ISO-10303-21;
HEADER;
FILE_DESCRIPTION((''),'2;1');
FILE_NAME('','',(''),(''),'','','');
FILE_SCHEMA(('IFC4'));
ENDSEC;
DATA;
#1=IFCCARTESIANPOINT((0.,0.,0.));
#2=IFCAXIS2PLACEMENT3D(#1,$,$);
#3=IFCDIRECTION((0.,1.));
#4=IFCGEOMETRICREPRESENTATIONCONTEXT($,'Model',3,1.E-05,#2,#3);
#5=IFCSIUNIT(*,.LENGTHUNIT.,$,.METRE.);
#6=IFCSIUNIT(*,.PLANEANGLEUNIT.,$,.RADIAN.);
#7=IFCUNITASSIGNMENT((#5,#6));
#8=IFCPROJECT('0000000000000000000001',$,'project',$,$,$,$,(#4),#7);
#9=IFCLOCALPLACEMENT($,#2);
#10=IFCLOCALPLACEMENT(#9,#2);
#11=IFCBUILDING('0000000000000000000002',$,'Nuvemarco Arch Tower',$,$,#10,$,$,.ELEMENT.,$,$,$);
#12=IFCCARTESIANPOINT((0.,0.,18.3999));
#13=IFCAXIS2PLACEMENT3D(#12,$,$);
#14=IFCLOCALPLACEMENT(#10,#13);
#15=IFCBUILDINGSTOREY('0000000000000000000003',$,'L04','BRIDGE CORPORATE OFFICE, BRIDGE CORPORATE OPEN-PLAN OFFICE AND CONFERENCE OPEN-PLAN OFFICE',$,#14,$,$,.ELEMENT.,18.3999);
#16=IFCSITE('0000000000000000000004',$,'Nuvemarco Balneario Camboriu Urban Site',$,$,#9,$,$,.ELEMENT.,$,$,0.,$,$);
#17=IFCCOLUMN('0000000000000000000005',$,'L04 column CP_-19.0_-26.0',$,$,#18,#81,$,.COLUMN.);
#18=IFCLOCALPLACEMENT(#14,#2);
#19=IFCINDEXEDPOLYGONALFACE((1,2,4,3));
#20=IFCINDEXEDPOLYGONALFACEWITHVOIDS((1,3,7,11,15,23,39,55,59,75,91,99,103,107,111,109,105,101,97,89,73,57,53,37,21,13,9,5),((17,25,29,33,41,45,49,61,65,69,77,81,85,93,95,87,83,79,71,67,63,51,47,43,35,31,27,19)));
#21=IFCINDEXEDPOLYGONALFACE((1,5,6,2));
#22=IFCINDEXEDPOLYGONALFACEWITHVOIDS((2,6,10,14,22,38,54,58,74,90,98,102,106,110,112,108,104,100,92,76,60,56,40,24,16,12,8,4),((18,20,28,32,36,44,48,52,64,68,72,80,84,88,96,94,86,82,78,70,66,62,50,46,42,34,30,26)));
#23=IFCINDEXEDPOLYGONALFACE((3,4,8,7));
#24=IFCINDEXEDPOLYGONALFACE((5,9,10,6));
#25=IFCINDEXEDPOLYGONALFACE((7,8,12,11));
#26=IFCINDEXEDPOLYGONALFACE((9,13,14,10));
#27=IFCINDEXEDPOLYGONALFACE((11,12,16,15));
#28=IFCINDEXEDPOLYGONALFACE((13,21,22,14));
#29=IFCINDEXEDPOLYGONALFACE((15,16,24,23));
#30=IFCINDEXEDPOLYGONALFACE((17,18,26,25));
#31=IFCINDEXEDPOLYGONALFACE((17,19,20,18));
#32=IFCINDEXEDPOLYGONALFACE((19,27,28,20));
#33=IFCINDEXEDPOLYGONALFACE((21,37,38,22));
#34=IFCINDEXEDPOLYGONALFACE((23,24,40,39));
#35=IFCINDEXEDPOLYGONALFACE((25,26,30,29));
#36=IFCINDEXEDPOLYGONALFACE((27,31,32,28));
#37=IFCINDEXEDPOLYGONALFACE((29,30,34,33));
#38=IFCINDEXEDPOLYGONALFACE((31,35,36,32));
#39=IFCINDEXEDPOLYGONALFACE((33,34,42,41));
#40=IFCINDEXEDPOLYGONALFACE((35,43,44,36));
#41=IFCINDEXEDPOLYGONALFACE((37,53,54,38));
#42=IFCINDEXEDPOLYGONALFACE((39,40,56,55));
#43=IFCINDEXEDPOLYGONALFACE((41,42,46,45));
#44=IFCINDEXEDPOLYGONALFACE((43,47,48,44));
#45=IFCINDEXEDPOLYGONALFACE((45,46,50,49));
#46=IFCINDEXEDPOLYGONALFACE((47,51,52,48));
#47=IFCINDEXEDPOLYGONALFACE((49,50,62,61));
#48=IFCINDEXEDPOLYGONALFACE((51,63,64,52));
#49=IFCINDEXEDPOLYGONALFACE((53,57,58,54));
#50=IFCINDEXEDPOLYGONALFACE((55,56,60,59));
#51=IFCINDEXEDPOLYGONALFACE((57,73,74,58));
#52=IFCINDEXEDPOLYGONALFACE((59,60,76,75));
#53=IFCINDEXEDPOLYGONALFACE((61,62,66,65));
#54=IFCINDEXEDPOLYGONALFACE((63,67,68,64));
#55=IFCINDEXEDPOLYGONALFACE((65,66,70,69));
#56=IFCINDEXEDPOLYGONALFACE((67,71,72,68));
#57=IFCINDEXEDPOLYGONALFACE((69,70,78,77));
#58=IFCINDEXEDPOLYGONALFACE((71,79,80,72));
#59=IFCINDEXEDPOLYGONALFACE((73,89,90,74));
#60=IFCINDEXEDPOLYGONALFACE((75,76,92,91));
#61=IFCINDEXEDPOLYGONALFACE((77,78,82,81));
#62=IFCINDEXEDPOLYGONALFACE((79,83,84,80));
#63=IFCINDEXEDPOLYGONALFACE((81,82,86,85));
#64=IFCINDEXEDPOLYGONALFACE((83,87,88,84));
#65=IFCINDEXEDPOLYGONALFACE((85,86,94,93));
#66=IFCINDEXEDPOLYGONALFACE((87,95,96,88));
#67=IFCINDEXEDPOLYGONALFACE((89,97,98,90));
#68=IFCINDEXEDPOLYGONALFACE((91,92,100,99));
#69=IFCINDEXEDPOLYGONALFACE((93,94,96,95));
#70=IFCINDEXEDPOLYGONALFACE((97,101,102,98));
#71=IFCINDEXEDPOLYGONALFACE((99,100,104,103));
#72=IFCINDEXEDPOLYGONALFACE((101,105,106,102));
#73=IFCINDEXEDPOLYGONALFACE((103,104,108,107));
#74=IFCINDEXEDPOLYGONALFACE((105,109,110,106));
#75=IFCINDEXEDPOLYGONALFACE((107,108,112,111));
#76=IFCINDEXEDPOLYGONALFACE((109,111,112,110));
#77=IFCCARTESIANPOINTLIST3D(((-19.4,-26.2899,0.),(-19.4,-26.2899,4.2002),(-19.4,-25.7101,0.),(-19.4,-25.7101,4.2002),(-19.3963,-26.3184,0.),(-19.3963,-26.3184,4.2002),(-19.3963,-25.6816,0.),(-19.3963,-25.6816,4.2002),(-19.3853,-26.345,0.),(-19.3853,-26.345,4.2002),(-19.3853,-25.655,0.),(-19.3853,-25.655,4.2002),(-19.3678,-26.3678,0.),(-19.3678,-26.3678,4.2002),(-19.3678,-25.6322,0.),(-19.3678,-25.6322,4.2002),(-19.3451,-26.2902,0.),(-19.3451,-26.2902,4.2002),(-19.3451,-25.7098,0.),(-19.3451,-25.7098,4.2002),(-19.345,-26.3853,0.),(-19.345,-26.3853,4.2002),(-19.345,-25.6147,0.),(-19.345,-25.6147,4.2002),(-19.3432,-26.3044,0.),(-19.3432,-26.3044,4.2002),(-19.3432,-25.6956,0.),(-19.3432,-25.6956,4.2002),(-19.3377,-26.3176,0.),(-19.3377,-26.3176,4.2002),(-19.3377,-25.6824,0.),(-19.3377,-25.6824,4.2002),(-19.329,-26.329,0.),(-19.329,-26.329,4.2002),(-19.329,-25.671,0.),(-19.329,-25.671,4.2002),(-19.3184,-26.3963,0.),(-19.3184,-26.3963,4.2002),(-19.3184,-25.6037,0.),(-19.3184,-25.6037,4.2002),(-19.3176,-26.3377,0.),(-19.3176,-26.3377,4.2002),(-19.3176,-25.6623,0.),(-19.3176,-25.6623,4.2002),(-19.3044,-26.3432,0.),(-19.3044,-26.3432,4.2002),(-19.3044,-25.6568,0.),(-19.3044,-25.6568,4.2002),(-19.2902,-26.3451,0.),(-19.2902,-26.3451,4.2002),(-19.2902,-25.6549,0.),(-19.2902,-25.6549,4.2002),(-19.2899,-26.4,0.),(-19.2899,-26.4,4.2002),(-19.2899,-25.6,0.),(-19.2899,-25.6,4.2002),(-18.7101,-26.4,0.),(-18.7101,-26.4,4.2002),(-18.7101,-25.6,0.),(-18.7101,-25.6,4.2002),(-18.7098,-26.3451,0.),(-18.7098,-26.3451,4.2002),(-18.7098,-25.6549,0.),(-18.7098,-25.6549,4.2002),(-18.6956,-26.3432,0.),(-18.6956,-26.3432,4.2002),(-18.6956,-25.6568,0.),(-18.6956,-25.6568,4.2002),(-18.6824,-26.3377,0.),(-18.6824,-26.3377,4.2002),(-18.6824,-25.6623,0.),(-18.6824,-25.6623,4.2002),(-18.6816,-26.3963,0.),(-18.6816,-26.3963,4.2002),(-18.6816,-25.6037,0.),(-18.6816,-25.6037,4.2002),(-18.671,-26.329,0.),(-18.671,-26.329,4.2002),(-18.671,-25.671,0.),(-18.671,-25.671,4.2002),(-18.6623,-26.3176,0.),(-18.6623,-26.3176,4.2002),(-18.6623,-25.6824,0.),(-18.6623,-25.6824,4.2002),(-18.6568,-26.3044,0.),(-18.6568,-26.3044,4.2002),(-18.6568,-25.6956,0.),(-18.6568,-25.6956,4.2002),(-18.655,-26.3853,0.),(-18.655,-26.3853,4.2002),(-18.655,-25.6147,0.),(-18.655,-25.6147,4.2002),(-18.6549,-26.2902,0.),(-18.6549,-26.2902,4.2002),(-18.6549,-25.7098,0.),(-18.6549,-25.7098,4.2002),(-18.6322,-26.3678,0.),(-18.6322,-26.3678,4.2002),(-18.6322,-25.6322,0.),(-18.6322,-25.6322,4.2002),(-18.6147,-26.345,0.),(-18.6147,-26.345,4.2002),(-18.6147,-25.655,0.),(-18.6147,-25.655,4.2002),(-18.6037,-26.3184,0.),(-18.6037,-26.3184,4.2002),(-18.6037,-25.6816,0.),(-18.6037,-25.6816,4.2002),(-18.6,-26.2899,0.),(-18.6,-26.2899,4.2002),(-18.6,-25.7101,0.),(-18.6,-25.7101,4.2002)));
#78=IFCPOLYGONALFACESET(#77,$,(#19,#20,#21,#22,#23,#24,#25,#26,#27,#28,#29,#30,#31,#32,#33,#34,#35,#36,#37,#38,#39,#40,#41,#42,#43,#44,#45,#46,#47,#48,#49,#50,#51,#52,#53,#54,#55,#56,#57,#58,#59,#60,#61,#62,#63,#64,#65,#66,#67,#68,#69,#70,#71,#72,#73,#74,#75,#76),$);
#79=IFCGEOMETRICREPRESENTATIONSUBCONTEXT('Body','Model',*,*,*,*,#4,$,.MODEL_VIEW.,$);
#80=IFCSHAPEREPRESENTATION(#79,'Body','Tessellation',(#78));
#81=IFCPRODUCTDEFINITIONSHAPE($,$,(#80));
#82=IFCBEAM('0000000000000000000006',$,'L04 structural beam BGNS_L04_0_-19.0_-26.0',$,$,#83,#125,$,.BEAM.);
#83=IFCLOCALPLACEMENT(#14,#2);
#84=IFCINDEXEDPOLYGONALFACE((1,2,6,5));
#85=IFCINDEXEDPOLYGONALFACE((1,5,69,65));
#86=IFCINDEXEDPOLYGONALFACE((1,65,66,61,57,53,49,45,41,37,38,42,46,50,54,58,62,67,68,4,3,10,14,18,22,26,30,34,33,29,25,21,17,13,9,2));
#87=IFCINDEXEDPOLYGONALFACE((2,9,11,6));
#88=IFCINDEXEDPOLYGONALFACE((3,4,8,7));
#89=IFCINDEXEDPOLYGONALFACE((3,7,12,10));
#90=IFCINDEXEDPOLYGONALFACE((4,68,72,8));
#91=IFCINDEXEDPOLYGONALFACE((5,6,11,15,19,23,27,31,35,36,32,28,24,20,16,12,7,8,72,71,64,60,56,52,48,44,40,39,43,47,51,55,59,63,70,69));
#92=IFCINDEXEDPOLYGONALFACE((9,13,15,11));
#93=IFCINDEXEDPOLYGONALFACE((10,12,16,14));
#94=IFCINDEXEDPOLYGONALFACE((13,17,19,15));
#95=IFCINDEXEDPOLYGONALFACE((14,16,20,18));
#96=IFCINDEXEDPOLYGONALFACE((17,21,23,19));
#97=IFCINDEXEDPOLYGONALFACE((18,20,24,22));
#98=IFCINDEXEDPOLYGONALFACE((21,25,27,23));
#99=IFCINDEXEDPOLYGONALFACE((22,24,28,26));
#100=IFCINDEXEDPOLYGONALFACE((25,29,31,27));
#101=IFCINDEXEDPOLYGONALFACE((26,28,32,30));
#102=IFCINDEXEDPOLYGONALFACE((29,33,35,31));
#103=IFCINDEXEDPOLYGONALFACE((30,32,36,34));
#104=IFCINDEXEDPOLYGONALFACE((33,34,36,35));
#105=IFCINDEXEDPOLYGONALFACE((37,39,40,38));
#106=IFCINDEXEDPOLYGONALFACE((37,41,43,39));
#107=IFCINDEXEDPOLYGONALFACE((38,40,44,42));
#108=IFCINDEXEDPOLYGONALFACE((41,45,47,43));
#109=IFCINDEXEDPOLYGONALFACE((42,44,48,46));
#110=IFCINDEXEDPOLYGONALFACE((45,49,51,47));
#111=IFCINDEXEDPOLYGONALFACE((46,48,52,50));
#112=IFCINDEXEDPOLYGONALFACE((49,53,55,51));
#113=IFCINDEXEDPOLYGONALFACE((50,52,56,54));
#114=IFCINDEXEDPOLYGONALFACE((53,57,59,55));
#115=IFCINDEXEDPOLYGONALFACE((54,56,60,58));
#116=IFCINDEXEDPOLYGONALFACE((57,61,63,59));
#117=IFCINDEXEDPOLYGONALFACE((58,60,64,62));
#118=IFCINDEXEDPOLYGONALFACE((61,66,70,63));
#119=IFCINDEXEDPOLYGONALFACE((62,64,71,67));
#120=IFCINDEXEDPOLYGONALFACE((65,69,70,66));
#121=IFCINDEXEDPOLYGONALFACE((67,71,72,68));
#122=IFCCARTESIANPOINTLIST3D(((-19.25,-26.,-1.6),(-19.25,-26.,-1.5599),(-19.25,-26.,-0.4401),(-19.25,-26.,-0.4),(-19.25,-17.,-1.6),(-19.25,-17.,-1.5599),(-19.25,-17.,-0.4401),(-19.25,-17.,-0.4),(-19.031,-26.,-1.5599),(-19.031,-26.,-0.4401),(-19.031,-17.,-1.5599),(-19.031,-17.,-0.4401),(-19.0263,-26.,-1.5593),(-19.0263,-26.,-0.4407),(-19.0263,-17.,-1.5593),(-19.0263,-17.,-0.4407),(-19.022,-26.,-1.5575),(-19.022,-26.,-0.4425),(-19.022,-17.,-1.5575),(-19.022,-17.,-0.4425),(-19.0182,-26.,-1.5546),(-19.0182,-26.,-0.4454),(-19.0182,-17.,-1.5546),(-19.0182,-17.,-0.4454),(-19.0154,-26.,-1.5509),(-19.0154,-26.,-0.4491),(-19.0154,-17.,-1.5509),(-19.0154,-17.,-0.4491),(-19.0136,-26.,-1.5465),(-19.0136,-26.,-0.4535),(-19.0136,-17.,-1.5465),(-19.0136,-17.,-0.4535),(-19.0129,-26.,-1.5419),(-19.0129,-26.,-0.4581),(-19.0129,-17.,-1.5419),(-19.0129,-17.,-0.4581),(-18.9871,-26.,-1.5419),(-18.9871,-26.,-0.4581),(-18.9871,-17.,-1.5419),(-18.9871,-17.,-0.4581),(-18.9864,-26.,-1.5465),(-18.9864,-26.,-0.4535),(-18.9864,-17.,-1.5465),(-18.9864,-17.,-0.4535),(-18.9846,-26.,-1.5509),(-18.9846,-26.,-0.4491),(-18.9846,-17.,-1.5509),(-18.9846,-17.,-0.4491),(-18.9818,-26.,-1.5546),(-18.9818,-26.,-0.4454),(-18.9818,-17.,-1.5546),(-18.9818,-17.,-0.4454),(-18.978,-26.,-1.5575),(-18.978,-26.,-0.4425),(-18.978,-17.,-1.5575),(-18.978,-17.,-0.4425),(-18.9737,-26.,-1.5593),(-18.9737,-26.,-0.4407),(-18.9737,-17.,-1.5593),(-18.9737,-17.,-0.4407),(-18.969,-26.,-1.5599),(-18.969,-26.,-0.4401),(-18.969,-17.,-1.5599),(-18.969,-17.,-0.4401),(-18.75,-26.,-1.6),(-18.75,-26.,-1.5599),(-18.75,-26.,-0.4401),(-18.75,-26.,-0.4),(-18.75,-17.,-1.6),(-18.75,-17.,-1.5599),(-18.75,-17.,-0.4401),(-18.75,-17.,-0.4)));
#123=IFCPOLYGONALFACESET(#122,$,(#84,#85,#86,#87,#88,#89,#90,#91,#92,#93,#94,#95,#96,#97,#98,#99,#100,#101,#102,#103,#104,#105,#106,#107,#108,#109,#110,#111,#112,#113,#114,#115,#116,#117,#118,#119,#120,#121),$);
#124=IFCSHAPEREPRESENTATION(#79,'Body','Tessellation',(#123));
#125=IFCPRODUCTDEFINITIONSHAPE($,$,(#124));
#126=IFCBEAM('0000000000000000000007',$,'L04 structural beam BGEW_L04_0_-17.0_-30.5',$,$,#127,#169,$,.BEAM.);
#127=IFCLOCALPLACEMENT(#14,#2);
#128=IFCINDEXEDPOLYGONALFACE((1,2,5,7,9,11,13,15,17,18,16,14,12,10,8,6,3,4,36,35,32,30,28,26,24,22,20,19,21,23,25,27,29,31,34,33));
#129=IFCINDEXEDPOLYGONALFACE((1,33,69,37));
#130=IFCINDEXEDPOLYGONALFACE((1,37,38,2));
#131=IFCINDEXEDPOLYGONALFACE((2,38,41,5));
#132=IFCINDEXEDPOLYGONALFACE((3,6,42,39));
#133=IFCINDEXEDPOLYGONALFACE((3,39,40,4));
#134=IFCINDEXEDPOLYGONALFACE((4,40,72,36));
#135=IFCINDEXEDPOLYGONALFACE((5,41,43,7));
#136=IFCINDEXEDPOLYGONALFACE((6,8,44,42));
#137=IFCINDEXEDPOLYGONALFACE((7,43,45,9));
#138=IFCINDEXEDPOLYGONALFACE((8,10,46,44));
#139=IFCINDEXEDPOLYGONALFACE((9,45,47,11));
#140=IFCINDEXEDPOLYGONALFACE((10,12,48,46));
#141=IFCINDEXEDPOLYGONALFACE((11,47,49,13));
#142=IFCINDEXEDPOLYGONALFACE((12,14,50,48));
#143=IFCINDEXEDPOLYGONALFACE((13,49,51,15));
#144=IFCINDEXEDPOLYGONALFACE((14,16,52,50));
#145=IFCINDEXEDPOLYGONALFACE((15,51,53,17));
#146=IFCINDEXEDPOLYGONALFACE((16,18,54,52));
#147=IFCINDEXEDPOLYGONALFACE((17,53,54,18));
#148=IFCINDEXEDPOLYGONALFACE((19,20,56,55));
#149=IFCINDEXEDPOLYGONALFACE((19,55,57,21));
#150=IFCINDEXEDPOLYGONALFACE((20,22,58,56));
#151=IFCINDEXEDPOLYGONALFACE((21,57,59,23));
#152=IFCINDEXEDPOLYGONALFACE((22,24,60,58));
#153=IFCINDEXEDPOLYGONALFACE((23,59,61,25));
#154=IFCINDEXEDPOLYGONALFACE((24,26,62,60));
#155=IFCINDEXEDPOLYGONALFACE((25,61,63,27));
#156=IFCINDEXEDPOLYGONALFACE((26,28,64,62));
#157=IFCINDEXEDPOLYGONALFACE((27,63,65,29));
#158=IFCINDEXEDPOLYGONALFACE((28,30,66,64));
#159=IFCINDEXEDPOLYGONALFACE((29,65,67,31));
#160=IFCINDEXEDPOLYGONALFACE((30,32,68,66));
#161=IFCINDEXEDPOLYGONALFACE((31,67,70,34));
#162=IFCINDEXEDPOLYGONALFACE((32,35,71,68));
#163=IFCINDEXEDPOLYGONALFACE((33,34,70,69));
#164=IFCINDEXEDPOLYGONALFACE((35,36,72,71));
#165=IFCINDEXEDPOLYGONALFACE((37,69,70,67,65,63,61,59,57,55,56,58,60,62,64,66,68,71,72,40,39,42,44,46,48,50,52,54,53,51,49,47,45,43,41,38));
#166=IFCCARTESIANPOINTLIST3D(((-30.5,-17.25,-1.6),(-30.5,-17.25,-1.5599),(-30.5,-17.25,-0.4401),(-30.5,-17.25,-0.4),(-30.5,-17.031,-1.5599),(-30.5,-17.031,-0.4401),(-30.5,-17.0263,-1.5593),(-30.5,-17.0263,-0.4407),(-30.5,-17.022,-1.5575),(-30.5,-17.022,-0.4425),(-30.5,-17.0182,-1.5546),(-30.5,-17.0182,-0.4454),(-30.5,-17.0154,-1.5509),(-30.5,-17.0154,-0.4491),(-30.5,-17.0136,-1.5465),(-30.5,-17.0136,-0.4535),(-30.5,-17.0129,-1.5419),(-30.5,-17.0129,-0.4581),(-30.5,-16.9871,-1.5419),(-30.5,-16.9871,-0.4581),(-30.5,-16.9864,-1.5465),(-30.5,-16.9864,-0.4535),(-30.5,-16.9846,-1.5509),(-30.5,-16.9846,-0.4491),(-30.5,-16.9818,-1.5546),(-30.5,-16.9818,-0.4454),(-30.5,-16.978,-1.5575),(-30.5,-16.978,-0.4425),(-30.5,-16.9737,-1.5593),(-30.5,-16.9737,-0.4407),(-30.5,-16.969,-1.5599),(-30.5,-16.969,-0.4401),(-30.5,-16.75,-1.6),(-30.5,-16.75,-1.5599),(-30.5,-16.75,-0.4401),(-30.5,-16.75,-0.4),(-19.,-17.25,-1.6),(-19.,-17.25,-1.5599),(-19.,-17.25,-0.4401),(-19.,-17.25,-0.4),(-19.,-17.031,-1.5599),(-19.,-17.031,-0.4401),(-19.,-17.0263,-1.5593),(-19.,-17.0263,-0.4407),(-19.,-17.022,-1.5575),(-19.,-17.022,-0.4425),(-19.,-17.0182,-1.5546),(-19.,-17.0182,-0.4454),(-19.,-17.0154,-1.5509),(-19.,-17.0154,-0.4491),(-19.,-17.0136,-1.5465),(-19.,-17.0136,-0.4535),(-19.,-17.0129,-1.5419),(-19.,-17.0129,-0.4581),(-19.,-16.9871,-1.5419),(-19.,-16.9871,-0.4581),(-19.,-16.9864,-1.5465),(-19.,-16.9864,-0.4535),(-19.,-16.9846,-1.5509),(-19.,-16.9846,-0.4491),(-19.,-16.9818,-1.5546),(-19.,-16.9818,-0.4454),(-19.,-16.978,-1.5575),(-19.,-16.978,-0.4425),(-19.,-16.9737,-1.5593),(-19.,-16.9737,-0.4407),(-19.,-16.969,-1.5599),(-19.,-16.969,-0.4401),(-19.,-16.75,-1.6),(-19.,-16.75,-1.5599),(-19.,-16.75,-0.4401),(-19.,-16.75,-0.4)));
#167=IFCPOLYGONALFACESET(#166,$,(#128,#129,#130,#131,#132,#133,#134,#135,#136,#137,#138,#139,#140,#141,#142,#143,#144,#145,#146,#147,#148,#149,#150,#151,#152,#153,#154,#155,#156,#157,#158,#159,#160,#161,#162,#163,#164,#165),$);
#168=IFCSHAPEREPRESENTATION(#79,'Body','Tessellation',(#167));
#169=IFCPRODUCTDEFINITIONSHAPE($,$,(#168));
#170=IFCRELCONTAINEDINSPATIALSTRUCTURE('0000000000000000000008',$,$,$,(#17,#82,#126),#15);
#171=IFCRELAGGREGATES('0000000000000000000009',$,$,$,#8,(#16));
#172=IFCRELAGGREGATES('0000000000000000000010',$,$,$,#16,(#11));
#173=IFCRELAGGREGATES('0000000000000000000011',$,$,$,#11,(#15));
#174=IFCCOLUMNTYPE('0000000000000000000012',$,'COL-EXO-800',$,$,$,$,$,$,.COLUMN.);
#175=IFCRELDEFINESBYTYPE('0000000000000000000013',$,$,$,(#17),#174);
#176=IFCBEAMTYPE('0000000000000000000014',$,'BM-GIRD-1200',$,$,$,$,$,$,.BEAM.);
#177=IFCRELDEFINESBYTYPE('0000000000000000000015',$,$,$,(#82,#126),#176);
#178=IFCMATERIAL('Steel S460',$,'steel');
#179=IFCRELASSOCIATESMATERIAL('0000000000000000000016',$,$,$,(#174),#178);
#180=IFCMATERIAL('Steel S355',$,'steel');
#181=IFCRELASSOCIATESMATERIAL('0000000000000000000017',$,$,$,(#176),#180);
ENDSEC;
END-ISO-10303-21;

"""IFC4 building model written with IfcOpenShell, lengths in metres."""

from ifc_helpers import new_model, si_unit, direction, frame, origin, origin_2d, place, context, subcontext, project, spatial, hollow_rectangle, i_section, extrude, material, material_profile, profile_set, type_object, element, save


model = new_model("IFC4")

# Units and contexts
model_context = context("Model", 3, precision=1e-05, world=origin(), true_north=direction((0.0, 1.0)))
body_context = subcontext(model_context, "Body", "Model", "MODEL_VIEW")
ifc_project = project(units=[si_unit("LENGTHUNIT", "METRE"), si_unit("PLANEANGLEUNIT", "RADIAN")], contexts=[model_context])

# Site, building, storey
site_placement = place(None, origin())
site = spatial("IfcSite", under=ifc_project, at=site_placement, Name="Nuvemarco Balneario Camboriu Urban Site", CompositionType="ELEMENT", RefElevation=0.0)
building_placement = place(site_placement, origin())
building = spatial("IfcBuilding", under=site, at=building_placement, Name="Nuvemarco Arch Tower", CompositionType="ELEMENT")
storey_placement = place(building_placement, frame((0.0, 0.0, 18.3999)))
storey = spatial("IfcBuildingStorey", under=building, at=storey_placement, Name="L04", Description="BRIDGE CORPORATE OFFICE, BRIDGE CORPORATE OPEN-PLAN OFFICE AND CONFERENCE OPEN-PLAN OFFICE", CompositionType="ELEMENT", Elevation=18.3999)

# Column
ifc_material_1 = material(Name="Steel S460", Category="steel")
ifc_material_profile_1 = material_profile(ifc_material_1, hollow_rectangle(XDim=0.8, YDim=0.8, WallThickness=0.0549, InnerFilletRadius=0.0549, OuterFilletRadius=0.1101, at=origin_2d()), Name="SHS800x800x55")
ifc_profile_set_1 = profile_set([ifc_material_profile_1], Name="Steel S460")
column_type = type_object("IfcColumnType", Name="COL-EXO-800", PredefinedType="COLUMN", material=ifc_profile_set_1)
for number, where, z_axis, x_axis, name in (
    (1, (-19.0, -26.0, 0.0), (0.0, 0.0, 1.0), (1.0, 0.0, 0.0), "L04 column CP_-19.0_-26.0"),
):
    element("IfcColumn", number, at=place(storey_placement, frame(where, z_axis=z_axis, x_axis=x_axis)), inside=storey, type_object=column_type, Name=name, PredefinedType="COLUMN", context=body_context, shape_type="SweptSolid", body=[
        extrude(hollow_rectangle(XDim=0.8, YDim=0.8, WallThickness=0.0549, InnerFilletRadius=0.0549, OuterFilletRadius=0.1101, at=origin_2d()), origin(), (0.0, 0.0, 1.0), 4.2002),
    ])

# Beams
ifc_material_2 = material(Name="Steel S355", Category="steel")
ifc_material_profile_2 = material_profile(ifc_material_2, i_section(OverallWidth=0.5, OverallDepth=1.2, WebThickness=0.0259, FlangeThickness=0.04, FilletRadius=0.0181, at=origin_2d()), Name="PG1200x500")
ifc_profile_set_2 = profile_set([ifc_material_profile_2], Name="Steel S355")
beam_type_1 = type_object("IfcBeamType", Name="BM-GIRD-1200", PredefinedType="BEAM", material=ifc_profile_set_2)
beam_1_placement = place(storey_placement, frame((-19.0, -26.0, -1.0), z_axis=(0.0, 1.0, 0.0), x_axis=(-1.0, 0.0, 0.0)))
element("IfcBeam", 2, at=beam_1_placement, inside=storey, type_object=beam_type_1, Name="L04 structural beam BGNS_L04_0_-19.0_-26.0", PredefinedType="BEAM", context=body_context, shape_type="SweptSolid", body=[
    extrude(i_section(OverallWidth=0.5, OverallDepth=1.2, WebThickness=0.0259, FlangeThickness=0.04, FilletRadius=0.0181, at=origin_2d()), origin(), (0.0, 0.0, 1.0), 9.0),
])
beam_2_placement = place(storey_placement, frame((-30.5, -17.0, -1.0), z_axis=(1.0, 0.0, 0.0), x_axis=(0.0, 1.0, 0.0)))
element("IfcBeam", 3, at=beam_2_placement, inside=storey, type_object=beam_type_1, Name="L04 structural beam BGEW_L04_0_-17.0_-30.5", PredefinedType="BEAM", context=body_context, shape_type="SweptSolid", body=[
    extrude(i_section(OverallWidth=0.5, OverallDepth=1.2, WebThickness=0.0259, FlangeThickness=0.04, FilletRadius=0.0181, at=origin_2d()), origin(), (0.0, 0.0, 1.0), 11.5),
])

save(model, "model.ifc")
